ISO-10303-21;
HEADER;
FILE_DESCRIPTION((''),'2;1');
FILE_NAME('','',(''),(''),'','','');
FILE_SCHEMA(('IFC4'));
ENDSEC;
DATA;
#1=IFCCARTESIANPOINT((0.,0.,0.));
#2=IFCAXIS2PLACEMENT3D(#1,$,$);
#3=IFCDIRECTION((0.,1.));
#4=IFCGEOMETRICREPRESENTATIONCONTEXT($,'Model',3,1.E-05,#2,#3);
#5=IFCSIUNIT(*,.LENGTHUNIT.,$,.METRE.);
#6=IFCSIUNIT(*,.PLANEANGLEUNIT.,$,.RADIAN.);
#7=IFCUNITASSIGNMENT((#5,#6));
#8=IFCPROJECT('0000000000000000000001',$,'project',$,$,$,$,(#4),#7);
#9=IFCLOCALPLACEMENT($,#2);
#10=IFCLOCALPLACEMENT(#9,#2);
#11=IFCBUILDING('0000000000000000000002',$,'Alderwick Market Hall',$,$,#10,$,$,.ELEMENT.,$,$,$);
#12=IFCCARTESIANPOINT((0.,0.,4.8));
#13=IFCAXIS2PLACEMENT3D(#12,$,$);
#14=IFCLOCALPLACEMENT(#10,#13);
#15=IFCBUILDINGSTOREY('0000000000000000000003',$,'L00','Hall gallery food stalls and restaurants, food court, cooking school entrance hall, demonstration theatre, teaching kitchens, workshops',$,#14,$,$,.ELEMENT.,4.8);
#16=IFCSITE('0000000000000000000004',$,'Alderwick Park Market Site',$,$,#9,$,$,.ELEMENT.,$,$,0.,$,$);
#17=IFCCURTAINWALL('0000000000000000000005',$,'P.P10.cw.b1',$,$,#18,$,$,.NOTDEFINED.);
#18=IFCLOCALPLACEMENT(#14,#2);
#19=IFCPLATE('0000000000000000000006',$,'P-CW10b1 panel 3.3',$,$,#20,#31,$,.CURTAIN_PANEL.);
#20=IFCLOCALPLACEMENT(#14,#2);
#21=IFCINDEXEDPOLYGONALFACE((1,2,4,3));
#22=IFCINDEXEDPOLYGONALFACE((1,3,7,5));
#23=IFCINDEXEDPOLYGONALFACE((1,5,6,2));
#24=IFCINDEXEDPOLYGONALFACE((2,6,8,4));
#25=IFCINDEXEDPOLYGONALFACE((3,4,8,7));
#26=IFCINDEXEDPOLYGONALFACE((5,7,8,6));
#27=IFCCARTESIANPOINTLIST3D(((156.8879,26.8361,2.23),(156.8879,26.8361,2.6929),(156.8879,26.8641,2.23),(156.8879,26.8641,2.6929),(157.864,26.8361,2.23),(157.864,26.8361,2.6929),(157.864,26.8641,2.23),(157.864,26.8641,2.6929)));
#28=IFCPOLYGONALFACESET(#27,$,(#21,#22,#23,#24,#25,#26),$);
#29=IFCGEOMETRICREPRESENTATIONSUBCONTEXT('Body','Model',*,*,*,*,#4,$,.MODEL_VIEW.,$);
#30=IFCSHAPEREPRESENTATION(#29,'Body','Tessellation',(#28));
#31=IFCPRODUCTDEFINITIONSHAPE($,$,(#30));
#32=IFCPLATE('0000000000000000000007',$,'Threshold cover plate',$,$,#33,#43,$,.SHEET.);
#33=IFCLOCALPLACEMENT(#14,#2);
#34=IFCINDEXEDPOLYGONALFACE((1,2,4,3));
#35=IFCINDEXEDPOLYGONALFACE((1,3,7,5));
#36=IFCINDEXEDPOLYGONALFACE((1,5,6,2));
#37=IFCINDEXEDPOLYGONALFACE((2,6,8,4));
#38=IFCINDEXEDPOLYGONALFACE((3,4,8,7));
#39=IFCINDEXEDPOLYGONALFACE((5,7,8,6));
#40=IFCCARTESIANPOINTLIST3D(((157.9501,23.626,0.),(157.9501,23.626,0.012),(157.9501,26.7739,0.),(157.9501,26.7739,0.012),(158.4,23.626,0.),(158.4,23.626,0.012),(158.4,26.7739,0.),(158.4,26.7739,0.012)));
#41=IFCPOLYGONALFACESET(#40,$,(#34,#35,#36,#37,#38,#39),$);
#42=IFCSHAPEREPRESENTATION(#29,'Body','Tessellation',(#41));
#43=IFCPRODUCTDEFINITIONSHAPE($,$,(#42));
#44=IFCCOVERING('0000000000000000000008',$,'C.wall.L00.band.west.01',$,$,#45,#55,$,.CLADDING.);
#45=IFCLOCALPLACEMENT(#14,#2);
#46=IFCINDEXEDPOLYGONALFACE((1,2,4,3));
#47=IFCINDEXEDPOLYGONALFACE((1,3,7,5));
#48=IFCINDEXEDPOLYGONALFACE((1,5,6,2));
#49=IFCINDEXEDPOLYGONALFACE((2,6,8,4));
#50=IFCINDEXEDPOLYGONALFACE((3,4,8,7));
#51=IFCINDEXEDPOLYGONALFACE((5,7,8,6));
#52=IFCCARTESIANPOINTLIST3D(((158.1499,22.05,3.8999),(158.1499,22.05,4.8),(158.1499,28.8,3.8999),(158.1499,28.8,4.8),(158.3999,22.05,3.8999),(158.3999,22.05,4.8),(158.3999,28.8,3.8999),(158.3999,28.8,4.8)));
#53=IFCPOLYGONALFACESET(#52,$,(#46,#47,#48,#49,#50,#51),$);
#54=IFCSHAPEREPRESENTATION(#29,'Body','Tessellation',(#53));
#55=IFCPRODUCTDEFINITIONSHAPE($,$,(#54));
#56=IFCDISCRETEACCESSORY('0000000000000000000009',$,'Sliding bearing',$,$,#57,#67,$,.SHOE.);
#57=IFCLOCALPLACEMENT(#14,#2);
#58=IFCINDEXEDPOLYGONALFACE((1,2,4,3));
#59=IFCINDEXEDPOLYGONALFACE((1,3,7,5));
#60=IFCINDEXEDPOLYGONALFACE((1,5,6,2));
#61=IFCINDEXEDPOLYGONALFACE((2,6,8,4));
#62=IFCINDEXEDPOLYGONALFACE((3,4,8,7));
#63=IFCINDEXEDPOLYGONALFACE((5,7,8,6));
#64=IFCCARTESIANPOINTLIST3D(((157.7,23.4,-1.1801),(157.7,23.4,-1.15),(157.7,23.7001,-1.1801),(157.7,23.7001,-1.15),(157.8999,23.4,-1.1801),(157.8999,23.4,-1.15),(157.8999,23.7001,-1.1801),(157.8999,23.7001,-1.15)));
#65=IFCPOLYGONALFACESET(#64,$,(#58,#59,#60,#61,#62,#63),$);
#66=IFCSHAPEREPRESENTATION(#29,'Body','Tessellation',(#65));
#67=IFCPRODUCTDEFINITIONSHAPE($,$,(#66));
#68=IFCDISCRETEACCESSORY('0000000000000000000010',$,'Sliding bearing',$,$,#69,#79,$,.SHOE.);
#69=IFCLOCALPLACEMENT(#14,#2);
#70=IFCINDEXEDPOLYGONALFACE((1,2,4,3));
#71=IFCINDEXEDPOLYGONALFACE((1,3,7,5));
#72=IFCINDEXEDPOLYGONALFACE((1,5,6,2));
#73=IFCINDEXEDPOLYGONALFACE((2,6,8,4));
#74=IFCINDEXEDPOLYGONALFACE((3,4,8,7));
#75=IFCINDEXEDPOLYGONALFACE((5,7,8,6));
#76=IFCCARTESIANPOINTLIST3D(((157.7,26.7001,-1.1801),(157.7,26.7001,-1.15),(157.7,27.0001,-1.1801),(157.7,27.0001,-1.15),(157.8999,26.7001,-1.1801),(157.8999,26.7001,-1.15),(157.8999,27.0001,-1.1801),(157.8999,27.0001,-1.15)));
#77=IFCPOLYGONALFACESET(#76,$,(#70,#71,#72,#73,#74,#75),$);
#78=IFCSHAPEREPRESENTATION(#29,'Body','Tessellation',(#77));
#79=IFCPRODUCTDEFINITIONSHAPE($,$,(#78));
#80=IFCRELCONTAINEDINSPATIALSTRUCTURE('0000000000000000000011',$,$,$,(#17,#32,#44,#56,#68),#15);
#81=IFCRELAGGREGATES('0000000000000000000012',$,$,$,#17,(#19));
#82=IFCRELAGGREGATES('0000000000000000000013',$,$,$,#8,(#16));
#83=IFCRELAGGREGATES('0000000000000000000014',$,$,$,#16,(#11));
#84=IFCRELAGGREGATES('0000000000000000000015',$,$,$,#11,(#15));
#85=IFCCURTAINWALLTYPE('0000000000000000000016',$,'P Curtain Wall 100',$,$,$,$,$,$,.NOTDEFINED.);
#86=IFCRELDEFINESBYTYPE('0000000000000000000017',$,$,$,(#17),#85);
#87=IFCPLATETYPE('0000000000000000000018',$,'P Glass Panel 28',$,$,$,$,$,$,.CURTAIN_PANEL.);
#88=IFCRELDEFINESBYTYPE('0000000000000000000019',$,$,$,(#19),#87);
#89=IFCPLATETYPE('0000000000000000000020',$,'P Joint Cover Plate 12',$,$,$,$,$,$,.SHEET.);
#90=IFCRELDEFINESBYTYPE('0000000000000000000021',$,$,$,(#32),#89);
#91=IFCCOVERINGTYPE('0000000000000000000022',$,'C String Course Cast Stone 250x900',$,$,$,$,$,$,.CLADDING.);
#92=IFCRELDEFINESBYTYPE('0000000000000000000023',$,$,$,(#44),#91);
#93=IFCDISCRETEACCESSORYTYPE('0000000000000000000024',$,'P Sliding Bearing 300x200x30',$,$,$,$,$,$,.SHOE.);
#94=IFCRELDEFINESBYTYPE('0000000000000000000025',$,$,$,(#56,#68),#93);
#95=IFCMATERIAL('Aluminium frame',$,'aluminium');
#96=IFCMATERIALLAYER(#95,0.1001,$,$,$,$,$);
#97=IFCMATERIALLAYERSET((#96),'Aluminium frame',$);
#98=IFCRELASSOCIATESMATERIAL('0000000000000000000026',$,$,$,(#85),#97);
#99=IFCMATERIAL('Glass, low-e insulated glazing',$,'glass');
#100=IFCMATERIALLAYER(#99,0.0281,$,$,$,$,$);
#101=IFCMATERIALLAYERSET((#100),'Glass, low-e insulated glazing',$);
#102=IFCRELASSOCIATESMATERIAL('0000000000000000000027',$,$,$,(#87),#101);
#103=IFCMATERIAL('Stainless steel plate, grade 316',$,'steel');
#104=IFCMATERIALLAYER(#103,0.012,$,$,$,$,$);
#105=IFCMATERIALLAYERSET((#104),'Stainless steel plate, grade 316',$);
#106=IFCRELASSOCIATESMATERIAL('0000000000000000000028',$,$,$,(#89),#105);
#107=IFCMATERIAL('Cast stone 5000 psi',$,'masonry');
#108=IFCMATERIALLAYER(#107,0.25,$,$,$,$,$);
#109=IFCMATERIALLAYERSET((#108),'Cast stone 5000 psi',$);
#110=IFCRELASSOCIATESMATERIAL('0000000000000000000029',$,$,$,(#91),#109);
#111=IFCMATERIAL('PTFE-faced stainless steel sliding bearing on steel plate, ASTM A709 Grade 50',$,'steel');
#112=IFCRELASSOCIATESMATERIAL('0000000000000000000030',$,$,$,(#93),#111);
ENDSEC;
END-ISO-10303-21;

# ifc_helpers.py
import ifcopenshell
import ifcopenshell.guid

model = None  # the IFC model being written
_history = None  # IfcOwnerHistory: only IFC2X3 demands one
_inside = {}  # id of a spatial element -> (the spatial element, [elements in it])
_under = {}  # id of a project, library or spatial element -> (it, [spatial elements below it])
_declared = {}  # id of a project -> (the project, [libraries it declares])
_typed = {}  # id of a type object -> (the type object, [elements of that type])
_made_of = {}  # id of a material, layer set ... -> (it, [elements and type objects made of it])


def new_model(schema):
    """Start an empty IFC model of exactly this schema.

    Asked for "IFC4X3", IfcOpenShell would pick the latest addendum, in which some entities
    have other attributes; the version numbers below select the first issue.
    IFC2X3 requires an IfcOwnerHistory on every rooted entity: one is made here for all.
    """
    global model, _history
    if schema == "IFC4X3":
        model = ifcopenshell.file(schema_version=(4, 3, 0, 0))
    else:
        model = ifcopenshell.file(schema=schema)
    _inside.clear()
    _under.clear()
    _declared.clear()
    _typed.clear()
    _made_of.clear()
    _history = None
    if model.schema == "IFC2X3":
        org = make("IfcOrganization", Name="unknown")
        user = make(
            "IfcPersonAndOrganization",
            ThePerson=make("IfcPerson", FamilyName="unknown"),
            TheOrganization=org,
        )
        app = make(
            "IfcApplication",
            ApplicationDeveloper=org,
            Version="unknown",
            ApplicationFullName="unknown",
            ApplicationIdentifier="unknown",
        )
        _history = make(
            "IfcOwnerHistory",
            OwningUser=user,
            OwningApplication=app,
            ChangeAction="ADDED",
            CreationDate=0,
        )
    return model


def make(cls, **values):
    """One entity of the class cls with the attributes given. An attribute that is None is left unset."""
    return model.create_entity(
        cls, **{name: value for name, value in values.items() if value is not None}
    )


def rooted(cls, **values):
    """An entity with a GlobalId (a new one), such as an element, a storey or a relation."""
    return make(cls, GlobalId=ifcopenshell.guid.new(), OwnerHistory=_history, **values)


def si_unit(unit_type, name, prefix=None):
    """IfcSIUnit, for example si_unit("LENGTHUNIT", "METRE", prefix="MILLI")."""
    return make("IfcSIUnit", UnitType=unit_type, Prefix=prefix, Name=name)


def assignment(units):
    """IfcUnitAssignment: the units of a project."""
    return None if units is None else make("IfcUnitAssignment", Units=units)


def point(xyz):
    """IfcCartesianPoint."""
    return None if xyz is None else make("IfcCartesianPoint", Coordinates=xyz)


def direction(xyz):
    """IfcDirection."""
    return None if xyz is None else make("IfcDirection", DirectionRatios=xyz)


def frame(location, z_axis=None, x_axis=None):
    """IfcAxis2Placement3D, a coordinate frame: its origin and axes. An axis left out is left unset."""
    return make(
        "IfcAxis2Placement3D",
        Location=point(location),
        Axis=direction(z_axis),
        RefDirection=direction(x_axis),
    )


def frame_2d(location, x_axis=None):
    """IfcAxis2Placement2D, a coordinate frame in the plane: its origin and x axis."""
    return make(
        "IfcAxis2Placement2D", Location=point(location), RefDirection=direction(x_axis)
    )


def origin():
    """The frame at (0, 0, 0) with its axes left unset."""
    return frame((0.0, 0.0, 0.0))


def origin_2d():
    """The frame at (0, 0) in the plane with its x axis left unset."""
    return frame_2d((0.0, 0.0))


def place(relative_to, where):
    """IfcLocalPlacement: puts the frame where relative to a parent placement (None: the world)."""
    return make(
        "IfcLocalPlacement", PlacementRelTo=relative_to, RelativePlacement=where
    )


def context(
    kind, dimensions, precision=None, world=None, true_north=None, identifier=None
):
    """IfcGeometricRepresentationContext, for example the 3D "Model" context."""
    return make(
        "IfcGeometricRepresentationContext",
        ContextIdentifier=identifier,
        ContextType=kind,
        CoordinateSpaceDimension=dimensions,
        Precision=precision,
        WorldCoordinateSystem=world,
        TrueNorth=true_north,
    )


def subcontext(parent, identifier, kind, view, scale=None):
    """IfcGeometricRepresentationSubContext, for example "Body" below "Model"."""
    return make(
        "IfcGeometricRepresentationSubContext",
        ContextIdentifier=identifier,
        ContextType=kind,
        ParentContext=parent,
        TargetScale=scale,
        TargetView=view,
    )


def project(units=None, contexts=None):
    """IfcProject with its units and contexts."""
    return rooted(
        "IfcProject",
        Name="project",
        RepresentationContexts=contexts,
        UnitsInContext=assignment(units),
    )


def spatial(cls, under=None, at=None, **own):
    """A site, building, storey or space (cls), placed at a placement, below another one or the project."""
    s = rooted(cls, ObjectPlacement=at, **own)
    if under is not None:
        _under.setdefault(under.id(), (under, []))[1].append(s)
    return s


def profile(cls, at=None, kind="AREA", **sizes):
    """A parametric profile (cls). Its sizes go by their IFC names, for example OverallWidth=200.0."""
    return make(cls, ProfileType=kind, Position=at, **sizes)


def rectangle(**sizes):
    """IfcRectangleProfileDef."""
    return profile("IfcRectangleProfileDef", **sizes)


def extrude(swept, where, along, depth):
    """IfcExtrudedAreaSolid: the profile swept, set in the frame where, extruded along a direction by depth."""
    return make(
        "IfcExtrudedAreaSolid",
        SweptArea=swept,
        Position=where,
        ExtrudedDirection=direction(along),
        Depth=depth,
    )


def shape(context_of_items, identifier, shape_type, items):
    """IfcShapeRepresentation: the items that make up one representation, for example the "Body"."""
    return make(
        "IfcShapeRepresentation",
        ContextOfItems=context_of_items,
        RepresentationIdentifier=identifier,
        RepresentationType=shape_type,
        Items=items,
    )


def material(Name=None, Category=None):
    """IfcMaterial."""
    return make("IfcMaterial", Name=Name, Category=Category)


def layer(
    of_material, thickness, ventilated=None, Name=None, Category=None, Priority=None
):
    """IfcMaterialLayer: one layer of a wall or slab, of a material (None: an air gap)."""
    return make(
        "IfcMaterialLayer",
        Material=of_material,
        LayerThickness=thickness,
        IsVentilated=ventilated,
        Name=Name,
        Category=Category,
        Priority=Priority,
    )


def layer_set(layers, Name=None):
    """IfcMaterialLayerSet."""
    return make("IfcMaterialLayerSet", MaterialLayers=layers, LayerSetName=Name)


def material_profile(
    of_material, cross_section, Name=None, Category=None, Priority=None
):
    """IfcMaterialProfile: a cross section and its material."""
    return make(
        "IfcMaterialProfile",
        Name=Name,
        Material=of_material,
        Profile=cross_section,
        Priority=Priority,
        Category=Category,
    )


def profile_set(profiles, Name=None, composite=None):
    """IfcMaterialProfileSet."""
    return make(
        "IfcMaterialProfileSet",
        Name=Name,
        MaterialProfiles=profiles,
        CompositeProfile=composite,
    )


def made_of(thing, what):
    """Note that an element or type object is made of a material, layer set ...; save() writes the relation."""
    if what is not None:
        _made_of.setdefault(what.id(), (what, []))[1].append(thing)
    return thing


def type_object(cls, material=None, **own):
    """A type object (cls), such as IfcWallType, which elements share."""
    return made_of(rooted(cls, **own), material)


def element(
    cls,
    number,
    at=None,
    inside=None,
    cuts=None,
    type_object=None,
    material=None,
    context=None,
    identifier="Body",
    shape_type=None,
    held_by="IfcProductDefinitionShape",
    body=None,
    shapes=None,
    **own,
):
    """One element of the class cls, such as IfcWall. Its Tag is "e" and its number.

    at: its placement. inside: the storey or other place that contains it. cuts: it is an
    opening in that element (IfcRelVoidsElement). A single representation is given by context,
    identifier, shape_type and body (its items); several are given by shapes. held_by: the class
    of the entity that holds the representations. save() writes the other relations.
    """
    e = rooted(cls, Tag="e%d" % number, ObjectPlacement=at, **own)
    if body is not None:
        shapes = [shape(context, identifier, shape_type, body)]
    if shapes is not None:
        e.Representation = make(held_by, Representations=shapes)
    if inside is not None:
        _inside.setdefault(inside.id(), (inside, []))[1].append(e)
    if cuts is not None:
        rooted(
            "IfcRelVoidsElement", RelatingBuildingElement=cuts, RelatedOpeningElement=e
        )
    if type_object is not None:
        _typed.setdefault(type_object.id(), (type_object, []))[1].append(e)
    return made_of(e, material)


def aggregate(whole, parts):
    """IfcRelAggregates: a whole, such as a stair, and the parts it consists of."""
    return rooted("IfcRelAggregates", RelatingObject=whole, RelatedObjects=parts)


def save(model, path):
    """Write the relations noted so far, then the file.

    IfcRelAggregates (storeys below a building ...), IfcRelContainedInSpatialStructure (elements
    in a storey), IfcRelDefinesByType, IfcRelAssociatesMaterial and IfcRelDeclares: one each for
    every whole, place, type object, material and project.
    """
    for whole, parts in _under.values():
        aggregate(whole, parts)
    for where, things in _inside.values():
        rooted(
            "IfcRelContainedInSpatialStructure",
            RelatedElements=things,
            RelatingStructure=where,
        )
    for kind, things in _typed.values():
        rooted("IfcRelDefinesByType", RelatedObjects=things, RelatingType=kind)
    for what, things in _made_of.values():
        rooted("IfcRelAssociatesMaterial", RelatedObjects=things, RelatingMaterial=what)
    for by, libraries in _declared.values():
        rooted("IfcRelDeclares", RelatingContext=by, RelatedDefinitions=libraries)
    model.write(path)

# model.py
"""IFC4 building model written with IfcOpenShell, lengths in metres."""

from ifc_helpers import new_model, si_unit, direction, frame, frame_2d, origin, origin_2d, place, context, subcontext, project, spatial, rectangle, extrude, material, layer, layer_set, material_profile, profile_set, type_object, element, aggregate, save


model = new_model("IFC4")

# Units and contexts
model_context = context("Model", 3, precision=1e-05, world=origin(), true_north=direction((0.0, 1.0)))
body_context = subcontext(model_context, "Body", "Model", "MODEL_VIEW")
ifc_project = project(units=[si_unit("LENGTHUNIT", "METRE"), si_unit("PLANEANGLEUNIT", "RADIAN")], contexts=[model_context])

# Site, building, storey
site_placement = place(None, origin())
site = spatial("IfcSite", under=ifc_project, at=site_placement, Name="Alderwick Park Market Site", CompositionType="ELEMENT", RefElevation=0.0)
building_placement = place(site_placement, origin())
building = spatial("IfcBuilding", under=site, at=building_placement, Name="Alderwick Market Hall", CompositionType="ELEMENT")
storey_placement = place(building_placement, frame((0.0, 0.0, 4.8)))
storey = spatial("IfcBuildingStorey", under=building, at=storey_placement, Name="L00", Description="Hall gallery food stalls and restaurants, food court, cooking school entrance hall, demonstration theatre, teaching kitchens, workshops", CompositionType="ELEMENT", Elevation=4.8)

# Curtain wall
ifc_material_1 = material(Name="Aluminium frame", Category="aluminium")
ifc_layer_1 = layer(ifc_material_1, 0.1001)
ifc_layer_set_1 = layer_set([ifc_layer_1], Name="Aluminium frame")
curtain_wall_type = type_object("IfcCurtainWallType", Name="P Curtain Wall 100", PredefinedType="NOTDEFINED", material=ifc_layer_set_1)
curtain_wall_1_placement = place(storey_placement, origin())
curtain_wall_1 = element("IfcCurtainWall", 1, at=curtain_wall_1_placement, inside=storey, type_object=curtain_wall_type, Name="P.P10.cw.b1", PredefinedType="NOTDEFINED")

# Plates
ifc_material_2 = material(Name="Glass, low-e insulated glazing", Category="glass")
ifc_layer_2 = layer(ifc_material_2, 0.0281)
ifc_layer_set_2 = layer_set([ifc_layer_2], Name="Glass, low-e insulated glazing")
plate_type_1 = type_object("IfcPlateType", Name="P Glass Panel 28", PredefinedType="CURTAIN_PANEL", material=ifc_layer_set_2)
plate_1_placement = place(storey_placement, frame((157.376, 26.8501, 2.23), z_axis=(0.0, 0.0, 1.0), x_axis=(1.0, 0.0, 0.0)))
plate_1 = element("IfcPlate", 2, at=plate_1_placement, type_object=plate_type_1, Name="P-CW10b1 panel 3.3", PredefinedType="CURTAIN_PANEL", context=body_context, shape_type="SweptSolid", body=[
    extrude(rectangle(XDim=0.9761, YDim=0.0281, at=origin_2d()), origin(), (0.0, 0.0, 1.0), 0.4629),
])
aggregate(curtain_wall_1, [plate_1])
ifc_material_3 = material(Name="Stainless steel plate, grade 316", Category="steel")
ifc_layer_3 = layer(ifc_material_3, 0.012)
ifc_layer_set_3 = layer_set([ifc_layer_3], Name="Stainless steel plate, grade 316")
plate_type_2 = type_object("IfcPlateType", Name="P Joint Cover Plate 12", PredefinedType="SHEET", material=ifc_layer_set_3)
plate_2_placement = place(storey_placement, frame((158.175, 25.2, 0.0), z_axis=(0.0, 0.0, 1.0), x_axis=(1.0, 0.0, 0.0)))
element("IfcPlate", 3, at=plate_2_placement, inside=storey, type_object=plate_type_2, Name="Threshold cover plate", PredefinedType="SHEET", context=body_context, shape_type="SweptSolid", body=[
    extrude(rectangle(XDim=0.45, YDim=3.1479, at=origin_2d()), origin(), (0.0, 0.0, 1.0), 0.012),
])

# Covering
ifc_material_4 = material(Name="Cast stone 5000 psi", Category="masonry")
ifc_layer_4 = layer(ifc_material_4, 0.25)
ifc_layer_set_4 = layer_set([ifc_layer_4], Name="Cast stone 5000 psi")
covering_type = type_object("IfcCoveringType", Name="C String Course Cast Stone 250x900", PredefinedType="CLADDING", material=ifc_layer_set_4)
covering_placement = place(storey_placement, frame((158.2749, 22.05, 3.8999), z_axis=(0.0, 0.0, 1.0), x_axis=(0.0, 1.0, 0.0)))
element("IfcCovering", 4, at=covering_placement, inside=storey, type_object=covering_type, Name="C.wall.L00.band.west.01", PredefinedType="CLADDING", context=body_context, shape_type="SweptSolid", body=[
    extrude(rectangle(XDim=6.75, YDim=0.25, at=frame_2d((3.375, 0.0))), origin(), (0.0, 0.0, 1.0), 0.9001),
])

# Discrete accessories
ifc_material_5 = material(Name="PTFE-faced stainless steel sliding bearing on steel plate, ASTM A709 Grade 50", Category="steel")
ifc_material_profile_1 = material_profile(ifc_material_5, rectangle(XDim=0.3, YDim=0.03, at=origin_2d()), Name="P Sliding Bearing 300x200x30")
ifc_profile_set_1 = profile_set([ifc_material_profile_1], Name="PTFE-faced stainless steel sliding bearing on steel plate, ASTM A709 Grade 50")
discrete_accessory_type = type_object("IfcDiscreteAccessoryType", Name="P Sliding Bearing 300x200x30", PredefinedType="SHOE", material=ifc_profile_set_1)
for number, where, z_axis, x_axis, name in (
    (5, (157.7, 23.55, -1.165), (1.0, 0.0, 0.0), (0.0, 1.0, 0.0), "Sliding bearing"),
    (6, (157.7, 26.8501, -1.165), (1.0, 0.0, 0.0), (0.0, 1.0, 0.0), "Sliding bearing"),
):
    element("IfcDiscreteAccessory", number, at=place(storey_placement, frame(where, z_axis=z_axis, x_axis=x_axis)), inside=storey, type_object=discrete_accessory_type, Name=name, PredefinedType="SHOE", context=body_context, shape_type="SweptSolid", body=[
        extrude(rectangle(XDim=0.3, YDim=0.03, at=origin_2d()), origin(), (0.0, 0.0, 1.0), 0.2),
    ])

save(model, "model.ifc")
